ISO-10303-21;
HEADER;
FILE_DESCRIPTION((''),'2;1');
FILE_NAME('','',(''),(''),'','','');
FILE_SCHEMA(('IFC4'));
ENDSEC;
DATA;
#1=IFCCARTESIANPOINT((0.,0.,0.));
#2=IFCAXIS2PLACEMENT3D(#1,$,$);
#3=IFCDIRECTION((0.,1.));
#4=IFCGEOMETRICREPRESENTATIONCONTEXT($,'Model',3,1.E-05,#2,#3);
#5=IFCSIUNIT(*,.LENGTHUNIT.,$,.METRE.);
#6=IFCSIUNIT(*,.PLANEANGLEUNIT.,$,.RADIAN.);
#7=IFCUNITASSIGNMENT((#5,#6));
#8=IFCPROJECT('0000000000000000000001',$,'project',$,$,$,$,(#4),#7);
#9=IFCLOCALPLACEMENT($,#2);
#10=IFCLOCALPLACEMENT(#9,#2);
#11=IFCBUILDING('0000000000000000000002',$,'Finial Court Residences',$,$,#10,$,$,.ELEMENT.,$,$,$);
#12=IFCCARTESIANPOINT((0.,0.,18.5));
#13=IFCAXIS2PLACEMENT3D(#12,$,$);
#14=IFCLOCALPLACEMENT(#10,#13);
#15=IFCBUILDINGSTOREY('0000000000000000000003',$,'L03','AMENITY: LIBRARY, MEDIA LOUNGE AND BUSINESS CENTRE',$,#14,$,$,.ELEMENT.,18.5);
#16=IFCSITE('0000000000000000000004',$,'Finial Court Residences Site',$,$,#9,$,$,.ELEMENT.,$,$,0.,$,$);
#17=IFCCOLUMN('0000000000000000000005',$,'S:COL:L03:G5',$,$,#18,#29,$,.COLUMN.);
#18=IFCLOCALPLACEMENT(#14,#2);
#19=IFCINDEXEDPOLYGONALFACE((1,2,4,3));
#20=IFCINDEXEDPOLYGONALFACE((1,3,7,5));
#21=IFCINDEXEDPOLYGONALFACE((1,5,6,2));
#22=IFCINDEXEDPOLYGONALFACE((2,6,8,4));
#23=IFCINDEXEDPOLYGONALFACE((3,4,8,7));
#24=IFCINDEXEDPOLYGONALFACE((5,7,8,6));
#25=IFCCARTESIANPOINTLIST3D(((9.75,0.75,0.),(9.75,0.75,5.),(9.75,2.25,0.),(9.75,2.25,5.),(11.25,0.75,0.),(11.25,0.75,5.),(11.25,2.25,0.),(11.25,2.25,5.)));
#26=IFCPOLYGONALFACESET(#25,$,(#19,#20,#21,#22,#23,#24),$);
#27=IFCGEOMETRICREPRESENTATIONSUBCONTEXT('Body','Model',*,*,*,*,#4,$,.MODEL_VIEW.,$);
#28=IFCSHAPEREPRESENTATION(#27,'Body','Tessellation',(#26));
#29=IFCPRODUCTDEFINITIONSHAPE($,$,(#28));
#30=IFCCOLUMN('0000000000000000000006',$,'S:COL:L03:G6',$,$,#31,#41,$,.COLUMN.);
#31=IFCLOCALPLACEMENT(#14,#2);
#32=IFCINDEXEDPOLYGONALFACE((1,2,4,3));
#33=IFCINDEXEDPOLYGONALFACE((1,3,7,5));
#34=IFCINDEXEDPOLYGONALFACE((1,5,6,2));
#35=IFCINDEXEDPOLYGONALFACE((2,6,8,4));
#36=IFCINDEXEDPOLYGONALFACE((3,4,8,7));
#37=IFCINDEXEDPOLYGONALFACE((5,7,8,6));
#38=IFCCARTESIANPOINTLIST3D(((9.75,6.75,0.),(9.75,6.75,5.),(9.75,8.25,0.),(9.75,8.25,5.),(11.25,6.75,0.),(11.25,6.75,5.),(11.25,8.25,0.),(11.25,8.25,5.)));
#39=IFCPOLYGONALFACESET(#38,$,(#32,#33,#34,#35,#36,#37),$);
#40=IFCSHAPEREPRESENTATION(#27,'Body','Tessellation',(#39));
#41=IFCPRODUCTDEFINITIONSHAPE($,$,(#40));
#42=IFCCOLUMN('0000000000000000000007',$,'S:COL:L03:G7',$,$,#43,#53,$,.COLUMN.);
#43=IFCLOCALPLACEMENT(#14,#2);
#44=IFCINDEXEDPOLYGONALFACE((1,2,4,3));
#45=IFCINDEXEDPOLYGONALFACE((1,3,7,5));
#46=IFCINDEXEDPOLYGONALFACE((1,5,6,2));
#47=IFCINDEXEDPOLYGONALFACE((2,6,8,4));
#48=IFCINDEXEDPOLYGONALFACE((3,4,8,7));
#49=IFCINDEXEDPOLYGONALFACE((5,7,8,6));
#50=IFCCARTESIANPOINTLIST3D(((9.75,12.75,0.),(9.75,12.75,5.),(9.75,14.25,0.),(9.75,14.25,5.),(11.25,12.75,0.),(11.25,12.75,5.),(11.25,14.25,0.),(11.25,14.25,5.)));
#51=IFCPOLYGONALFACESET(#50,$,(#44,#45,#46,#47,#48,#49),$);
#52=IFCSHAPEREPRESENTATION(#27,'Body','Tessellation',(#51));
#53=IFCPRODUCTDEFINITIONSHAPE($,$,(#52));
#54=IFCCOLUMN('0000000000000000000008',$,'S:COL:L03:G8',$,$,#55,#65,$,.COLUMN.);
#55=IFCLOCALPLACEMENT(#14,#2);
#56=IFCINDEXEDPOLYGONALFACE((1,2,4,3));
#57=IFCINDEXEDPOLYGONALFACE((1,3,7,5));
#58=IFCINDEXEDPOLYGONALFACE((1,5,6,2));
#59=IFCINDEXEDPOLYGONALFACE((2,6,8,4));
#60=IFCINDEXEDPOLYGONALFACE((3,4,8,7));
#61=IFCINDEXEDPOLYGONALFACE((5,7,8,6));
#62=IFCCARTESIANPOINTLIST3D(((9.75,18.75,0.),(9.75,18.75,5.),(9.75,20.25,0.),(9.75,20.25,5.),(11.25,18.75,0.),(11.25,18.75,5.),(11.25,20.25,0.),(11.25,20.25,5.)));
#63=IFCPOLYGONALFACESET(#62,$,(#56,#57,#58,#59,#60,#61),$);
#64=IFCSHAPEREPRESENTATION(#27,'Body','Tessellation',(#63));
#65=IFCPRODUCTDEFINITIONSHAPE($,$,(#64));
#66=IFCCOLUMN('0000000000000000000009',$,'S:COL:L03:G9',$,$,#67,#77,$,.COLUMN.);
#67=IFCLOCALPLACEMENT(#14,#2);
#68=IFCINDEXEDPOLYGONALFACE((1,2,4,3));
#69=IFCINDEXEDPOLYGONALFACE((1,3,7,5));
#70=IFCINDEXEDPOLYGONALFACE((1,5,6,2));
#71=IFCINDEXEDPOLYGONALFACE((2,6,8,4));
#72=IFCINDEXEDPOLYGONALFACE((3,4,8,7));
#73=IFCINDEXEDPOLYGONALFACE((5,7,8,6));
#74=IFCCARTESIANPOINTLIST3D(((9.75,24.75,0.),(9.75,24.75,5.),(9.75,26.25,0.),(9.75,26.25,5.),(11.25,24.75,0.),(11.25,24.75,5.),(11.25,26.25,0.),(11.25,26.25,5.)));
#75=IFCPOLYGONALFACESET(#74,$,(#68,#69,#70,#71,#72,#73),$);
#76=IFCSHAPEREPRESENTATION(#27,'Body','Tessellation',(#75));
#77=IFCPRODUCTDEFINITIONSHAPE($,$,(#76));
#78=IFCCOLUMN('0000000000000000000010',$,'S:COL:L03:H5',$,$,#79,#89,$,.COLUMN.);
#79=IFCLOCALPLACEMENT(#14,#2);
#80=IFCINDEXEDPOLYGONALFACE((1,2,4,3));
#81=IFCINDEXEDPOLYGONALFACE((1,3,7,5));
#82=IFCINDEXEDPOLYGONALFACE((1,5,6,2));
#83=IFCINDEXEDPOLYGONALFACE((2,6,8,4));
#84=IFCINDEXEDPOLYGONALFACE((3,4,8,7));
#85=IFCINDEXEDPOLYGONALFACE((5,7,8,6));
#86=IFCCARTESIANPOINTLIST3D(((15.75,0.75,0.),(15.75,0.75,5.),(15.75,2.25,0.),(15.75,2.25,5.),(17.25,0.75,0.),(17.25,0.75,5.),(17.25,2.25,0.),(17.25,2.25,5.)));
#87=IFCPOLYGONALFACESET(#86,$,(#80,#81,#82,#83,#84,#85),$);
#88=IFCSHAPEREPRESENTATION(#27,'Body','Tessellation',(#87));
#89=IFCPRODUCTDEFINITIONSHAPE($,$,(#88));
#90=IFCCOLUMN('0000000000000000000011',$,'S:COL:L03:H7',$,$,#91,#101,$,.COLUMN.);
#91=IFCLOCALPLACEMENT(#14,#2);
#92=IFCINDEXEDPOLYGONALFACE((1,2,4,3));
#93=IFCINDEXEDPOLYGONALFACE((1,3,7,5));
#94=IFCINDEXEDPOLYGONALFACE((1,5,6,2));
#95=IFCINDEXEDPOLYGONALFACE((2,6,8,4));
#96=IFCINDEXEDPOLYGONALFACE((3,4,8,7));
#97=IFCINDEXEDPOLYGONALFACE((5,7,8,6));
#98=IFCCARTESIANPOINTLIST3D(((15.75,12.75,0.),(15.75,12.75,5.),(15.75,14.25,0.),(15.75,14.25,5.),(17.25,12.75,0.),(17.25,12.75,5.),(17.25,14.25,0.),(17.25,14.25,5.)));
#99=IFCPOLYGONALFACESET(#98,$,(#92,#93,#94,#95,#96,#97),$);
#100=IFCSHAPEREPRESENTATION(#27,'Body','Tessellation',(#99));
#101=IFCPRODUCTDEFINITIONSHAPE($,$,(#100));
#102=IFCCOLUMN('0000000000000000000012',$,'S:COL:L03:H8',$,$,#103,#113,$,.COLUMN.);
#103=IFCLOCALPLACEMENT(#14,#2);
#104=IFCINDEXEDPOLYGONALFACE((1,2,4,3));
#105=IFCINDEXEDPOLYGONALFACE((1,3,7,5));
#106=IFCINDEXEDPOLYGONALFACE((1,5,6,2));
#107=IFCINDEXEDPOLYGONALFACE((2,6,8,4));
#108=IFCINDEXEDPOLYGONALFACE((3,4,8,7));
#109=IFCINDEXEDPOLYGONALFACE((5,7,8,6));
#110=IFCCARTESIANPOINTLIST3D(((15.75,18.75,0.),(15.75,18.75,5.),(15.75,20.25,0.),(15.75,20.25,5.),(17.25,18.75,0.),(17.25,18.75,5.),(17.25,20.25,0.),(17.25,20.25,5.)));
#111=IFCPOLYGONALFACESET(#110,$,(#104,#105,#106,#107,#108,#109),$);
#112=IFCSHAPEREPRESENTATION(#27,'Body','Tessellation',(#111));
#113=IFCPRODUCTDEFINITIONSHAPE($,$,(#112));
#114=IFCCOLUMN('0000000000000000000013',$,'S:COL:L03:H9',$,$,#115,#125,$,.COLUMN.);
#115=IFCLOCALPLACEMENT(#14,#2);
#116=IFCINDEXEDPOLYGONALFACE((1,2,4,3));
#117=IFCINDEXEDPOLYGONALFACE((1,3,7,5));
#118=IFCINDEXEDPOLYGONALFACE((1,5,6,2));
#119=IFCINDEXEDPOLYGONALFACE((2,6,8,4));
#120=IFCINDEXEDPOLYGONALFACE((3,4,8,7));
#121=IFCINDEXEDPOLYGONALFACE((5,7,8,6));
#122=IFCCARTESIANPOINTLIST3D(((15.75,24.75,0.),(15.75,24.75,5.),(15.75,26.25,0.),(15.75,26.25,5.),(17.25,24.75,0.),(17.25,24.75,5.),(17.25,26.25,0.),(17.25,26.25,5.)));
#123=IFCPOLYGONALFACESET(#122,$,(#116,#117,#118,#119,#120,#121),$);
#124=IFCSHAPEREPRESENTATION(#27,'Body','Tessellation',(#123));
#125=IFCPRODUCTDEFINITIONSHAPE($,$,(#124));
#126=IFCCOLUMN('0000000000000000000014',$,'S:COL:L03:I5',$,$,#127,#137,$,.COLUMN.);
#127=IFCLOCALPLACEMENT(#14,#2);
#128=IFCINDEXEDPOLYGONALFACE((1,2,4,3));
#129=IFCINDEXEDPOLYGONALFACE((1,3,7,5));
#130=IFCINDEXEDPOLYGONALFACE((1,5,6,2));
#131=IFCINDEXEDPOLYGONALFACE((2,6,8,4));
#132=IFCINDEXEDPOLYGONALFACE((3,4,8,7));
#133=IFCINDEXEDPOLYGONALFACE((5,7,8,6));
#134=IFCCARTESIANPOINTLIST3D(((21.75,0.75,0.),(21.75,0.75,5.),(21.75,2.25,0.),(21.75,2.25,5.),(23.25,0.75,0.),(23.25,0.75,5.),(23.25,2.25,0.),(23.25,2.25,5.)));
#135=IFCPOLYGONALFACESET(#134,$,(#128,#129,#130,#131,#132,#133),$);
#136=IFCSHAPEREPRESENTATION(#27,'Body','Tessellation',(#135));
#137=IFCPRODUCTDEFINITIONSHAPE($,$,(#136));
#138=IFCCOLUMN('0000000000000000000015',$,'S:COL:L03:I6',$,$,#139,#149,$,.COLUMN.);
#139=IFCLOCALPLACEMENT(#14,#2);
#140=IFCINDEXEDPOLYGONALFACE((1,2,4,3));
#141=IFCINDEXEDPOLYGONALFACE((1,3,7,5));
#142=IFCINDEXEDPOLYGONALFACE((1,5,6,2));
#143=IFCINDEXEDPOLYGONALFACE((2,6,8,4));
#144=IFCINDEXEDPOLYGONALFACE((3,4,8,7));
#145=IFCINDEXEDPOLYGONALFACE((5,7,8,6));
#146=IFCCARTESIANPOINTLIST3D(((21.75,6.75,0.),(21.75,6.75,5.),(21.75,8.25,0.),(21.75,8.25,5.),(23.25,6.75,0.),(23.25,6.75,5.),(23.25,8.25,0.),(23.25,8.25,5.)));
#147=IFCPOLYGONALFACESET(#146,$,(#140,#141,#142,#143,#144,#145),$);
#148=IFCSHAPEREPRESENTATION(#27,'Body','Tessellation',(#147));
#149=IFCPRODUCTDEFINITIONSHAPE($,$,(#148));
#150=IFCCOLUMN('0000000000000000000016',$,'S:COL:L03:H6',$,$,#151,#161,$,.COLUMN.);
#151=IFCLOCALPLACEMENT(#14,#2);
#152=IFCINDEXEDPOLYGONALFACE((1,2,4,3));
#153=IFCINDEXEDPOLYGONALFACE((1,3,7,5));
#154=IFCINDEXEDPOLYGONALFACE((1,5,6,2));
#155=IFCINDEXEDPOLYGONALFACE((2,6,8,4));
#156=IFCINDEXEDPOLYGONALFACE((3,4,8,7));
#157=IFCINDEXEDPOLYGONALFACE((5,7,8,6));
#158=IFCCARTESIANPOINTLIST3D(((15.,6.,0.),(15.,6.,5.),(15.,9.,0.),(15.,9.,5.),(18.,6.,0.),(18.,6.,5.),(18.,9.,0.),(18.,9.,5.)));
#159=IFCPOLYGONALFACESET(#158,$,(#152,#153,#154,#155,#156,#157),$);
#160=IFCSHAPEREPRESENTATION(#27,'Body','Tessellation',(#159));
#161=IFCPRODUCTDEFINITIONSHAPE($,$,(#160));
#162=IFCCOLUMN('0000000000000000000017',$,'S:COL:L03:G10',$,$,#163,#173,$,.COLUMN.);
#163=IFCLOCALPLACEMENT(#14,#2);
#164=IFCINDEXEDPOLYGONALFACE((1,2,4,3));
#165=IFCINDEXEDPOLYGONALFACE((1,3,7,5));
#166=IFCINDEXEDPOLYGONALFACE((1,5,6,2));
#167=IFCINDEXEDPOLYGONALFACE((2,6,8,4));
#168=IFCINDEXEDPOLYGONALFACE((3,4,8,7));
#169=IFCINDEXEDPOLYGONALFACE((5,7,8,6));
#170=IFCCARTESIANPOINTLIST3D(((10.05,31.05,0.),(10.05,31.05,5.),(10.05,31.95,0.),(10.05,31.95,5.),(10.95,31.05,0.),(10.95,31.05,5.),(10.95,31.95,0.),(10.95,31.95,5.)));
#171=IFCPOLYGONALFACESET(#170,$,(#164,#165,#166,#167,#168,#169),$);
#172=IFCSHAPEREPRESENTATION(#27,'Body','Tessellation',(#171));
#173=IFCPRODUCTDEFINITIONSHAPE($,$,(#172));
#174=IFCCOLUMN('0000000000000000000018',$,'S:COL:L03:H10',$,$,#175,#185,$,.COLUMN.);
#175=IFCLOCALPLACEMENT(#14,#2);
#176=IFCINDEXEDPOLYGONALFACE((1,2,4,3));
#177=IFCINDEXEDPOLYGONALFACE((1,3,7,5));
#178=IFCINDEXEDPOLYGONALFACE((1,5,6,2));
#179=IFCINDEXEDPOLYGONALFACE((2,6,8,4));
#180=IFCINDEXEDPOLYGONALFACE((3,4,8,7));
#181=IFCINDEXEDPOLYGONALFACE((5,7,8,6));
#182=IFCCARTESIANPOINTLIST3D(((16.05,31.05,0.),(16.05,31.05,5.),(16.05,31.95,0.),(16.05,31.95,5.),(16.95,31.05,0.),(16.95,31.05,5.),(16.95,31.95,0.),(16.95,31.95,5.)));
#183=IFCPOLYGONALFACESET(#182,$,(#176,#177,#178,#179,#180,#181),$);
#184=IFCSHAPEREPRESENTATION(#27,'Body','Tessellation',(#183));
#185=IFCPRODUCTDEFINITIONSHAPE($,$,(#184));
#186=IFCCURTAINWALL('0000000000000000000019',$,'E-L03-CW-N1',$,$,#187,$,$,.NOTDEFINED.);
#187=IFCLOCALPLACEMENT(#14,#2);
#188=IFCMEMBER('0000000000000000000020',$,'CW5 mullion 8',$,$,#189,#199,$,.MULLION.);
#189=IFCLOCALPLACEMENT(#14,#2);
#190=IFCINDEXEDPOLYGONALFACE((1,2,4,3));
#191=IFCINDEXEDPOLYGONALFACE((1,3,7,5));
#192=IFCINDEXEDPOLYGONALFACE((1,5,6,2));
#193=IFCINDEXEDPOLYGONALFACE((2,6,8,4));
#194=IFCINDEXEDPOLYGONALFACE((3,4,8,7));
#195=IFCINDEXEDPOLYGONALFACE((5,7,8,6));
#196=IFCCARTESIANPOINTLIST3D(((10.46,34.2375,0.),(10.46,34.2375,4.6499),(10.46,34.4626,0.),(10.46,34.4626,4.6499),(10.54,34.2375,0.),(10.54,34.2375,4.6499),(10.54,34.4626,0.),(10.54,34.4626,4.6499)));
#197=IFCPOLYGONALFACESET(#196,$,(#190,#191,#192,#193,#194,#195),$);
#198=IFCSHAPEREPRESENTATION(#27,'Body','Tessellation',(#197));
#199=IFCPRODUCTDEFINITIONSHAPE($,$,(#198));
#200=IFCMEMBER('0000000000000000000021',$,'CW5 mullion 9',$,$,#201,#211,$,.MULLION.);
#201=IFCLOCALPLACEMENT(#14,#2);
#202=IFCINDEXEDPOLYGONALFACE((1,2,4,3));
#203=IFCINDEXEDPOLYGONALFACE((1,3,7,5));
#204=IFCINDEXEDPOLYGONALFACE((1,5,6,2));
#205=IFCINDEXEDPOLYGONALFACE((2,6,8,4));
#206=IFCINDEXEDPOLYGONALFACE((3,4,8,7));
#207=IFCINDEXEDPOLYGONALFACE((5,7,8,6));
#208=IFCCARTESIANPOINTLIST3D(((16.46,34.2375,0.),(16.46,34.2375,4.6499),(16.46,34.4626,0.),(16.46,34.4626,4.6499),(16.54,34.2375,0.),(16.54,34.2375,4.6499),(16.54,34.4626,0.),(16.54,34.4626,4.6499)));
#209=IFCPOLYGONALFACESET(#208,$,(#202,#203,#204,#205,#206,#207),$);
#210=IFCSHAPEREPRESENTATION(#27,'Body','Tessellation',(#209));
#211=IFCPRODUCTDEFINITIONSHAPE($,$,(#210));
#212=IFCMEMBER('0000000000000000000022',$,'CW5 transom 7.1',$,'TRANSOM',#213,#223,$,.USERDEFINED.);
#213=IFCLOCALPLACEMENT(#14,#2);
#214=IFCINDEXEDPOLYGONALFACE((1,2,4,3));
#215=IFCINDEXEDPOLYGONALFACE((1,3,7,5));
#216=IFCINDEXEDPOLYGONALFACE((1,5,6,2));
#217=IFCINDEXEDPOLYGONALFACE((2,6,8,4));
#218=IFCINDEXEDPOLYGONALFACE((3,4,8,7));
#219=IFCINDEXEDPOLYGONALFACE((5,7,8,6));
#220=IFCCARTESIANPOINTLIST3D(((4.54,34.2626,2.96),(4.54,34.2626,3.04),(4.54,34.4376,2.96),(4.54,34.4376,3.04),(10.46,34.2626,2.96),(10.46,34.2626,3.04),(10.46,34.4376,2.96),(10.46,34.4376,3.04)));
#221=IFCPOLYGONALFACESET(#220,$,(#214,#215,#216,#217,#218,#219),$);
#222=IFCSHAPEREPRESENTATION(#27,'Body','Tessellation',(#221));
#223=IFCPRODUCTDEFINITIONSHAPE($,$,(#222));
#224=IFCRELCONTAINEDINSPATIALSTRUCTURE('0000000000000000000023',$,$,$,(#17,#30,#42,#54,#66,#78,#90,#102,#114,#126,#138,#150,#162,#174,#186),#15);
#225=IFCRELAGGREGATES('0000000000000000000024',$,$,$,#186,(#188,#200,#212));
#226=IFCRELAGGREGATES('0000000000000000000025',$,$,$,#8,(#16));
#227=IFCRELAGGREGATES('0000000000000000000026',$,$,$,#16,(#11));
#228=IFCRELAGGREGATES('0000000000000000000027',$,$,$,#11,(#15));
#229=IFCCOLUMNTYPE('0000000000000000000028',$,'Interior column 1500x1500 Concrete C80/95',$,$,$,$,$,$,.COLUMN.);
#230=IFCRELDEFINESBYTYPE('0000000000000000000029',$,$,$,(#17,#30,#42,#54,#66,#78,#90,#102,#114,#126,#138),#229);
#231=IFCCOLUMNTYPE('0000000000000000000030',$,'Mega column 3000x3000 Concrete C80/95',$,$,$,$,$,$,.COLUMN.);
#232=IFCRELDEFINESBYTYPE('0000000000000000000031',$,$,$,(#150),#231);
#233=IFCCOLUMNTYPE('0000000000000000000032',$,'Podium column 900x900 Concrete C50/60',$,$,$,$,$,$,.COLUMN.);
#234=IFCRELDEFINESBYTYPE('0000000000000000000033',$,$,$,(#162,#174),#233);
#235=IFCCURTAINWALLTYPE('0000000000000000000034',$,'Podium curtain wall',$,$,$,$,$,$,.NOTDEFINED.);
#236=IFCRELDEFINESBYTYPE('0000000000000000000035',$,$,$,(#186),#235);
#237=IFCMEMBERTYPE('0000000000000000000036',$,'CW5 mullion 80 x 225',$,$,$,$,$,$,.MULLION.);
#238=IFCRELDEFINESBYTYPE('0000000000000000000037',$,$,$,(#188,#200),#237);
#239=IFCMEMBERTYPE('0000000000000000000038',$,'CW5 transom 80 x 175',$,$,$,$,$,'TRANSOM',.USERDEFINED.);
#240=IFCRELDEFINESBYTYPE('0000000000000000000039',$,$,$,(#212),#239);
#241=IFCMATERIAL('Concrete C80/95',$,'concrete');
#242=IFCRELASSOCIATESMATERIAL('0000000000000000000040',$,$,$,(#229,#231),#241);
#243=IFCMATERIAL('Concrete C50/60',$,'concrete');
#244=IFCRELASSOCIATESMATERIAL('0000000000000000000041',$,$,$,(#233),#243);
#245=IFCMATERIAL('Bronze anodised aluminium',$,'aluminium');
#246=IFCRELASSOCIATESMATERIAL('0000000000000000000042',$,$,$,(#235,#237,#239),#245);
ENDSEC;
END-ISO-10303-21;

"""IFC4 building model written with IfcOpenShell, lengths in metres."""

from ifc_helpers import new_model, si_unit, direction, frame, origin, origin_2d, place, context, subcontext, project, spatial, rectangle, extrude, material, material_profile, profile_set, type_object, element, aggregate, save


model = new_model("IFC4")

# Units and contexts
model_context = context("Model", 3, precision=1e-05, world=origin(), true_north=direction((0.0, 1.0)))
body_context = subcontext(model_context, "Body", "Model", "MODEL_VIEW")
ifc_project = project(units=[si_unit("LENGTHUNIT", "METRE"), si_unit("PLANEANGLEUNIT", "RADIAN")], contexts=[model_context])

# Site, building, storey
site_placement = place(None, origin())
site = spatial("IfcSite", under=ifc_project, at=site_placement, Name="Finial Court Residences Site", CompositionType="ELEMENT", RefElevation=0.0)
building_placement = place(site_placement, origin())
building = spatial("IfcBuilding", under=site, at=building_placement, Name="Finial Court Residences", CompositionType="ELEMENT")
storey_placement = place(building_placement, frame((0.0, 0.0, 18.5)))
storey = spatial("IfcBuildingStorey", under=building, at=storey_placement, Name="L03", Description="AMENITY: LIBRARY, MEDIA LOUNGE AND BUSINESS CENTRE", CompositionType="ELEMENT", Elevation=18.5)

# Columns
ifc_material_1 = material(Name="Concrete C80/95", Category="concrete")
ifc_material_profile_1 = material_profile(ifc_material_1, rectangle(XDim=1.5, YDim=1.5, at=origin_2d()), Name="1500x1500")
ifc_profile_set_1 = profile_set([ifc_material_profile_1], Name="Concrete C80/95")
column_type_1 = type_object("IfcColumnType", Name="Interior column 1500x1500 Concrete C80/95", PredefinedType="COLUMN", material=ifc_profile_set_1)
for number, where, z_axis, x_axis, name in (
    (1, (10.5, 1.5, 0.0), (0.0, 0.0, 1.0), (1.0, 0.0, 0.0), "S:COL:L03:G5"),
    (2, (10.5, 7.5, 0.0), (0.0, 0.0, 1.0), (1.0, 0.0, 0.0), "S:COL:L03:G6"),
    (3, (10.5, 13.5, 0.0), (0.0, 0.0, 1.0), (1.0, 0.0, 0.0), "S:COL:L03:G7"),
    (4, (10.5, 19.5, 0.0), (0.0, 0.0, 1.0), (1.0, 0.0, 0.0), "S:COL:L03:G8"),
    (5, (10.5, 25.5, 0.0), (0.0, 0.0, 1.0), (1.0, 0.0, 0.0), "S:COL:L03:G9"),
    (6, (16.5, 1.5, 0.0), (0.0, 0.0, 1.0), (1.0, 0.0, 0.0), "S:COL:L03:H5"),
    (7, (16.5, 13.5, 0.0), (0.0, 0.0, 1.0), (1.0, 0.0, 0.0), "S:COL:L03:H7"),
    (8, (16.5, 19.5, 0.0), (0.0, 0.0, 1.0), (1.0, 0.0, 0.0), "S:COL:L03:H8"),
    (9, (16.5, 25.5, 0.0), (0.0, 0.0, 1.0), (1.0, 0.0, 0.0), "S:COL:L03:H9"),
    (10, (22.5, 1.5, 0.0), (0.0, 0.0, 1.0), (1.0, 0.0, 0.0), "S:COL:L03:I5"),
    (11, (22.5, 7.5, 0.0), (0.0, 0.0, 1.0), (1.0, 0.0, 0.0), "S:COL:L03:I6"),
):
    element("IfcColumn", number, at=place(storey_placement, frame(where, z_axis=z_axis, x_axis=x_axis)), inside=storey, type_object=column_type_1, Name=name, PredefinedType="COLUMN", context=body_context, shape_type="SweptSolid", body=[
        extrude(rectangle(XDim=1.5, YDim=1.5, at=origin_2d()), origin(), (0.0, 0.0, 1.0), 5.0),
    ])
ifc_material_profile_2 = material_profile(ifc_material_1, rectangle(XDim=3.0, YDim=3.0, at=origin_2d()), Name="3000x3000")
ifc_profile_set_2 = profile_set([ifc_material_profile_2], Name="Concrete C80/95")
column_type_2 = type_object("IfcColumnType", Name="Mega column 3000x3000 Concrete C80/95", PredefinedType="COLUMN", material=ifc_profile_set_2)
column_placement = place(storey_placement, frame((16.5, 7.5, 0.0), z_axis=(0.0, 0.0, 1.0), x_axis=(1.0, 0.0, 0.0)))
element("IfcColumn", 12, at=column_placement, inside=storey, type_object=column_type_2, Name="S:COL:L03:H6", PredefinedType="COLUMN", context=body_context, shape_type="SweptSolid", body=[
    extrude(rectangle(XDim=3.0, YDim=3.0, at=origin_2d()), origin(), (0.0, 0.0, 1.0), 5.0),
])
ifc_material_2 = material(Name="Concrete C50/60", Category="concrete")
ifc_material_profile_3 = material_profile(ifc_material_2, rectangle(XDim=0.8999, YDim=0.8999, at=origin_2d()), Name="900x900")
ifc_profile_set_3 = profile_set([ifc_material_profile_3], Name="Concrete C50/60")
column_type_3 = type_object("IfcColumnType", Name="Podium column 900x900 Concrete C50/60", PredefinedType="COLUMN", material=ifc_profile_set_3)
for number, where, z_axis, x_axis, name in (
    (13, (10.5, 31.5, 0.0), (0.0, 0.0, 1.0), (1.0, 0.0, 0.0), "S:COL:L03:G10"),
    (14, (16.5, 31.5, 0.0), (0.0, 0.0, 1.0), (1.0, 0.0, 0.0), "S:COL:L03:H10"),
):
    element("IfcColumn", number, at=place(storey_placement, frame(where, z_axis=z_axis, x_axis=x_axis)), inside=storey, type_object=column_type_3, Name=name, PredefinedType="COLUMN", context=body_context, shape_type="SweptSolid", body=[
        extrude(rectangle(XDim=0.8999, YDim=0.8999, at=origin_2d()), origin(), (0.0, 0.0, 1.0), 5.0),
    ])

# Curtain wall, members
ifc_material_3 = material(Name="Bronze anodised aluminium", Category="aluminium")
curtain_wall_type = type_object("IfcCurtainWallType", Name="Podium curtain wall", PredefinedType="NOTDEFINED", material=ifc_material_3)
curtain_wall_placement = place(storey_placement, origin())
curtain_wall = element("IfcCurtainWall", 15, at=curtain_wall_placement, inside=storey, type_object=curtain_wall_type, Name="E-L03-CW-N1", PredefinedType="NOTDEFINED")
ifc_material_profile_4 = material_profile(ifc_material_3, rectangle(XDim=0.2251, YDim=0.0801, at=origin_2d()), Name="CW5 mullion 80 x 225")
ifc_profile_set_4 = profile_set([ifc_material_profile_4], Name="Bronze anodised aluminium")
member_type_1 = type_object("IfcMemberType", Name="CW5 mullion 80 x 225", PredefinedType="MULLION", material=ifc_profile_set_4)
member_1_placement = place(storey_placement, frame((10.5, 34.3501, 0.0), z_axis=(0.0, 0.0, 1.0), x_axis=(0.0, 1.0, 0.0)))
member_1 = element("IfcMember", 16, at=member_1_placement, type_object=member_type_1, Name="CW5 mullion 8", PredefinedType="MULLION", context=body_context, shape_type="SweptSolid", body=[
    extrude(rectangle(XDim=0.2251, YDim=0.0801, at=origin_2d()), origin(), (0.0, 0.0, 1.0), 4.6499),
])
member_2_placement = place(storey_placement, frame((16.5, 34.3501, 0.0), z_axis=(0.0, 0.0, 1.0), x_axis=(0.0, 1.0, 0.0)))
member_2 = element("IfcMember", 17, at=member_2_placement, type_object=member_type_1, Name="CW5 mullion 9", PredefinedType="MULLION", context=body_context, shape_type="SweptSolid", body=[
    extrude(rectangle(XDim=0.2251, YDim=0.0801, at=origin_2d()), origin(), (0.0, 0.0, 1.0), 4.6499),
])
ifc_material_profile_5 = material_profile(ifc_material_3, rectangle(XDim=0.175, YDim=0.0801, at=origin_2d()), Name="CW5 transom 80 x 175")
ifc_profile_set_5 = profile_set([ifc_material_profile_5], Name="Bronze anodised aluminium")
member_type_2 = type_object("IfcMemberType", Name="CW5 transom 80 x 175", ElementType="TRANSOM", PredefinedType="USERDEFINED", material=ifc_profile_set_5)
member_3_placement = place(storey_placement, frame((4.54, 34.3501, 3.0), z_axis=(1.0, 0.0, 0.0), x_axis=(0.0, 1.0, 0.0)))
member_3 = element("IfcMember", 18, at=member_3_placement, type_object=member_type_2, Name="CW5 transom 7.1", ObjectType="TRANSOM", PredefinedType="USERDEFINED", context=body_context, shape_type="SweptSolid", body=[
    extrude(rectangle(XDim=0.175, YDim=0.0801, at=origin_2d()), origin(), (0.0, 0.0, 1.0), 5.9199),
])
aggregate(curtain_wall, [member_1, member_2, member_3])

save(model, "model.ifc")
